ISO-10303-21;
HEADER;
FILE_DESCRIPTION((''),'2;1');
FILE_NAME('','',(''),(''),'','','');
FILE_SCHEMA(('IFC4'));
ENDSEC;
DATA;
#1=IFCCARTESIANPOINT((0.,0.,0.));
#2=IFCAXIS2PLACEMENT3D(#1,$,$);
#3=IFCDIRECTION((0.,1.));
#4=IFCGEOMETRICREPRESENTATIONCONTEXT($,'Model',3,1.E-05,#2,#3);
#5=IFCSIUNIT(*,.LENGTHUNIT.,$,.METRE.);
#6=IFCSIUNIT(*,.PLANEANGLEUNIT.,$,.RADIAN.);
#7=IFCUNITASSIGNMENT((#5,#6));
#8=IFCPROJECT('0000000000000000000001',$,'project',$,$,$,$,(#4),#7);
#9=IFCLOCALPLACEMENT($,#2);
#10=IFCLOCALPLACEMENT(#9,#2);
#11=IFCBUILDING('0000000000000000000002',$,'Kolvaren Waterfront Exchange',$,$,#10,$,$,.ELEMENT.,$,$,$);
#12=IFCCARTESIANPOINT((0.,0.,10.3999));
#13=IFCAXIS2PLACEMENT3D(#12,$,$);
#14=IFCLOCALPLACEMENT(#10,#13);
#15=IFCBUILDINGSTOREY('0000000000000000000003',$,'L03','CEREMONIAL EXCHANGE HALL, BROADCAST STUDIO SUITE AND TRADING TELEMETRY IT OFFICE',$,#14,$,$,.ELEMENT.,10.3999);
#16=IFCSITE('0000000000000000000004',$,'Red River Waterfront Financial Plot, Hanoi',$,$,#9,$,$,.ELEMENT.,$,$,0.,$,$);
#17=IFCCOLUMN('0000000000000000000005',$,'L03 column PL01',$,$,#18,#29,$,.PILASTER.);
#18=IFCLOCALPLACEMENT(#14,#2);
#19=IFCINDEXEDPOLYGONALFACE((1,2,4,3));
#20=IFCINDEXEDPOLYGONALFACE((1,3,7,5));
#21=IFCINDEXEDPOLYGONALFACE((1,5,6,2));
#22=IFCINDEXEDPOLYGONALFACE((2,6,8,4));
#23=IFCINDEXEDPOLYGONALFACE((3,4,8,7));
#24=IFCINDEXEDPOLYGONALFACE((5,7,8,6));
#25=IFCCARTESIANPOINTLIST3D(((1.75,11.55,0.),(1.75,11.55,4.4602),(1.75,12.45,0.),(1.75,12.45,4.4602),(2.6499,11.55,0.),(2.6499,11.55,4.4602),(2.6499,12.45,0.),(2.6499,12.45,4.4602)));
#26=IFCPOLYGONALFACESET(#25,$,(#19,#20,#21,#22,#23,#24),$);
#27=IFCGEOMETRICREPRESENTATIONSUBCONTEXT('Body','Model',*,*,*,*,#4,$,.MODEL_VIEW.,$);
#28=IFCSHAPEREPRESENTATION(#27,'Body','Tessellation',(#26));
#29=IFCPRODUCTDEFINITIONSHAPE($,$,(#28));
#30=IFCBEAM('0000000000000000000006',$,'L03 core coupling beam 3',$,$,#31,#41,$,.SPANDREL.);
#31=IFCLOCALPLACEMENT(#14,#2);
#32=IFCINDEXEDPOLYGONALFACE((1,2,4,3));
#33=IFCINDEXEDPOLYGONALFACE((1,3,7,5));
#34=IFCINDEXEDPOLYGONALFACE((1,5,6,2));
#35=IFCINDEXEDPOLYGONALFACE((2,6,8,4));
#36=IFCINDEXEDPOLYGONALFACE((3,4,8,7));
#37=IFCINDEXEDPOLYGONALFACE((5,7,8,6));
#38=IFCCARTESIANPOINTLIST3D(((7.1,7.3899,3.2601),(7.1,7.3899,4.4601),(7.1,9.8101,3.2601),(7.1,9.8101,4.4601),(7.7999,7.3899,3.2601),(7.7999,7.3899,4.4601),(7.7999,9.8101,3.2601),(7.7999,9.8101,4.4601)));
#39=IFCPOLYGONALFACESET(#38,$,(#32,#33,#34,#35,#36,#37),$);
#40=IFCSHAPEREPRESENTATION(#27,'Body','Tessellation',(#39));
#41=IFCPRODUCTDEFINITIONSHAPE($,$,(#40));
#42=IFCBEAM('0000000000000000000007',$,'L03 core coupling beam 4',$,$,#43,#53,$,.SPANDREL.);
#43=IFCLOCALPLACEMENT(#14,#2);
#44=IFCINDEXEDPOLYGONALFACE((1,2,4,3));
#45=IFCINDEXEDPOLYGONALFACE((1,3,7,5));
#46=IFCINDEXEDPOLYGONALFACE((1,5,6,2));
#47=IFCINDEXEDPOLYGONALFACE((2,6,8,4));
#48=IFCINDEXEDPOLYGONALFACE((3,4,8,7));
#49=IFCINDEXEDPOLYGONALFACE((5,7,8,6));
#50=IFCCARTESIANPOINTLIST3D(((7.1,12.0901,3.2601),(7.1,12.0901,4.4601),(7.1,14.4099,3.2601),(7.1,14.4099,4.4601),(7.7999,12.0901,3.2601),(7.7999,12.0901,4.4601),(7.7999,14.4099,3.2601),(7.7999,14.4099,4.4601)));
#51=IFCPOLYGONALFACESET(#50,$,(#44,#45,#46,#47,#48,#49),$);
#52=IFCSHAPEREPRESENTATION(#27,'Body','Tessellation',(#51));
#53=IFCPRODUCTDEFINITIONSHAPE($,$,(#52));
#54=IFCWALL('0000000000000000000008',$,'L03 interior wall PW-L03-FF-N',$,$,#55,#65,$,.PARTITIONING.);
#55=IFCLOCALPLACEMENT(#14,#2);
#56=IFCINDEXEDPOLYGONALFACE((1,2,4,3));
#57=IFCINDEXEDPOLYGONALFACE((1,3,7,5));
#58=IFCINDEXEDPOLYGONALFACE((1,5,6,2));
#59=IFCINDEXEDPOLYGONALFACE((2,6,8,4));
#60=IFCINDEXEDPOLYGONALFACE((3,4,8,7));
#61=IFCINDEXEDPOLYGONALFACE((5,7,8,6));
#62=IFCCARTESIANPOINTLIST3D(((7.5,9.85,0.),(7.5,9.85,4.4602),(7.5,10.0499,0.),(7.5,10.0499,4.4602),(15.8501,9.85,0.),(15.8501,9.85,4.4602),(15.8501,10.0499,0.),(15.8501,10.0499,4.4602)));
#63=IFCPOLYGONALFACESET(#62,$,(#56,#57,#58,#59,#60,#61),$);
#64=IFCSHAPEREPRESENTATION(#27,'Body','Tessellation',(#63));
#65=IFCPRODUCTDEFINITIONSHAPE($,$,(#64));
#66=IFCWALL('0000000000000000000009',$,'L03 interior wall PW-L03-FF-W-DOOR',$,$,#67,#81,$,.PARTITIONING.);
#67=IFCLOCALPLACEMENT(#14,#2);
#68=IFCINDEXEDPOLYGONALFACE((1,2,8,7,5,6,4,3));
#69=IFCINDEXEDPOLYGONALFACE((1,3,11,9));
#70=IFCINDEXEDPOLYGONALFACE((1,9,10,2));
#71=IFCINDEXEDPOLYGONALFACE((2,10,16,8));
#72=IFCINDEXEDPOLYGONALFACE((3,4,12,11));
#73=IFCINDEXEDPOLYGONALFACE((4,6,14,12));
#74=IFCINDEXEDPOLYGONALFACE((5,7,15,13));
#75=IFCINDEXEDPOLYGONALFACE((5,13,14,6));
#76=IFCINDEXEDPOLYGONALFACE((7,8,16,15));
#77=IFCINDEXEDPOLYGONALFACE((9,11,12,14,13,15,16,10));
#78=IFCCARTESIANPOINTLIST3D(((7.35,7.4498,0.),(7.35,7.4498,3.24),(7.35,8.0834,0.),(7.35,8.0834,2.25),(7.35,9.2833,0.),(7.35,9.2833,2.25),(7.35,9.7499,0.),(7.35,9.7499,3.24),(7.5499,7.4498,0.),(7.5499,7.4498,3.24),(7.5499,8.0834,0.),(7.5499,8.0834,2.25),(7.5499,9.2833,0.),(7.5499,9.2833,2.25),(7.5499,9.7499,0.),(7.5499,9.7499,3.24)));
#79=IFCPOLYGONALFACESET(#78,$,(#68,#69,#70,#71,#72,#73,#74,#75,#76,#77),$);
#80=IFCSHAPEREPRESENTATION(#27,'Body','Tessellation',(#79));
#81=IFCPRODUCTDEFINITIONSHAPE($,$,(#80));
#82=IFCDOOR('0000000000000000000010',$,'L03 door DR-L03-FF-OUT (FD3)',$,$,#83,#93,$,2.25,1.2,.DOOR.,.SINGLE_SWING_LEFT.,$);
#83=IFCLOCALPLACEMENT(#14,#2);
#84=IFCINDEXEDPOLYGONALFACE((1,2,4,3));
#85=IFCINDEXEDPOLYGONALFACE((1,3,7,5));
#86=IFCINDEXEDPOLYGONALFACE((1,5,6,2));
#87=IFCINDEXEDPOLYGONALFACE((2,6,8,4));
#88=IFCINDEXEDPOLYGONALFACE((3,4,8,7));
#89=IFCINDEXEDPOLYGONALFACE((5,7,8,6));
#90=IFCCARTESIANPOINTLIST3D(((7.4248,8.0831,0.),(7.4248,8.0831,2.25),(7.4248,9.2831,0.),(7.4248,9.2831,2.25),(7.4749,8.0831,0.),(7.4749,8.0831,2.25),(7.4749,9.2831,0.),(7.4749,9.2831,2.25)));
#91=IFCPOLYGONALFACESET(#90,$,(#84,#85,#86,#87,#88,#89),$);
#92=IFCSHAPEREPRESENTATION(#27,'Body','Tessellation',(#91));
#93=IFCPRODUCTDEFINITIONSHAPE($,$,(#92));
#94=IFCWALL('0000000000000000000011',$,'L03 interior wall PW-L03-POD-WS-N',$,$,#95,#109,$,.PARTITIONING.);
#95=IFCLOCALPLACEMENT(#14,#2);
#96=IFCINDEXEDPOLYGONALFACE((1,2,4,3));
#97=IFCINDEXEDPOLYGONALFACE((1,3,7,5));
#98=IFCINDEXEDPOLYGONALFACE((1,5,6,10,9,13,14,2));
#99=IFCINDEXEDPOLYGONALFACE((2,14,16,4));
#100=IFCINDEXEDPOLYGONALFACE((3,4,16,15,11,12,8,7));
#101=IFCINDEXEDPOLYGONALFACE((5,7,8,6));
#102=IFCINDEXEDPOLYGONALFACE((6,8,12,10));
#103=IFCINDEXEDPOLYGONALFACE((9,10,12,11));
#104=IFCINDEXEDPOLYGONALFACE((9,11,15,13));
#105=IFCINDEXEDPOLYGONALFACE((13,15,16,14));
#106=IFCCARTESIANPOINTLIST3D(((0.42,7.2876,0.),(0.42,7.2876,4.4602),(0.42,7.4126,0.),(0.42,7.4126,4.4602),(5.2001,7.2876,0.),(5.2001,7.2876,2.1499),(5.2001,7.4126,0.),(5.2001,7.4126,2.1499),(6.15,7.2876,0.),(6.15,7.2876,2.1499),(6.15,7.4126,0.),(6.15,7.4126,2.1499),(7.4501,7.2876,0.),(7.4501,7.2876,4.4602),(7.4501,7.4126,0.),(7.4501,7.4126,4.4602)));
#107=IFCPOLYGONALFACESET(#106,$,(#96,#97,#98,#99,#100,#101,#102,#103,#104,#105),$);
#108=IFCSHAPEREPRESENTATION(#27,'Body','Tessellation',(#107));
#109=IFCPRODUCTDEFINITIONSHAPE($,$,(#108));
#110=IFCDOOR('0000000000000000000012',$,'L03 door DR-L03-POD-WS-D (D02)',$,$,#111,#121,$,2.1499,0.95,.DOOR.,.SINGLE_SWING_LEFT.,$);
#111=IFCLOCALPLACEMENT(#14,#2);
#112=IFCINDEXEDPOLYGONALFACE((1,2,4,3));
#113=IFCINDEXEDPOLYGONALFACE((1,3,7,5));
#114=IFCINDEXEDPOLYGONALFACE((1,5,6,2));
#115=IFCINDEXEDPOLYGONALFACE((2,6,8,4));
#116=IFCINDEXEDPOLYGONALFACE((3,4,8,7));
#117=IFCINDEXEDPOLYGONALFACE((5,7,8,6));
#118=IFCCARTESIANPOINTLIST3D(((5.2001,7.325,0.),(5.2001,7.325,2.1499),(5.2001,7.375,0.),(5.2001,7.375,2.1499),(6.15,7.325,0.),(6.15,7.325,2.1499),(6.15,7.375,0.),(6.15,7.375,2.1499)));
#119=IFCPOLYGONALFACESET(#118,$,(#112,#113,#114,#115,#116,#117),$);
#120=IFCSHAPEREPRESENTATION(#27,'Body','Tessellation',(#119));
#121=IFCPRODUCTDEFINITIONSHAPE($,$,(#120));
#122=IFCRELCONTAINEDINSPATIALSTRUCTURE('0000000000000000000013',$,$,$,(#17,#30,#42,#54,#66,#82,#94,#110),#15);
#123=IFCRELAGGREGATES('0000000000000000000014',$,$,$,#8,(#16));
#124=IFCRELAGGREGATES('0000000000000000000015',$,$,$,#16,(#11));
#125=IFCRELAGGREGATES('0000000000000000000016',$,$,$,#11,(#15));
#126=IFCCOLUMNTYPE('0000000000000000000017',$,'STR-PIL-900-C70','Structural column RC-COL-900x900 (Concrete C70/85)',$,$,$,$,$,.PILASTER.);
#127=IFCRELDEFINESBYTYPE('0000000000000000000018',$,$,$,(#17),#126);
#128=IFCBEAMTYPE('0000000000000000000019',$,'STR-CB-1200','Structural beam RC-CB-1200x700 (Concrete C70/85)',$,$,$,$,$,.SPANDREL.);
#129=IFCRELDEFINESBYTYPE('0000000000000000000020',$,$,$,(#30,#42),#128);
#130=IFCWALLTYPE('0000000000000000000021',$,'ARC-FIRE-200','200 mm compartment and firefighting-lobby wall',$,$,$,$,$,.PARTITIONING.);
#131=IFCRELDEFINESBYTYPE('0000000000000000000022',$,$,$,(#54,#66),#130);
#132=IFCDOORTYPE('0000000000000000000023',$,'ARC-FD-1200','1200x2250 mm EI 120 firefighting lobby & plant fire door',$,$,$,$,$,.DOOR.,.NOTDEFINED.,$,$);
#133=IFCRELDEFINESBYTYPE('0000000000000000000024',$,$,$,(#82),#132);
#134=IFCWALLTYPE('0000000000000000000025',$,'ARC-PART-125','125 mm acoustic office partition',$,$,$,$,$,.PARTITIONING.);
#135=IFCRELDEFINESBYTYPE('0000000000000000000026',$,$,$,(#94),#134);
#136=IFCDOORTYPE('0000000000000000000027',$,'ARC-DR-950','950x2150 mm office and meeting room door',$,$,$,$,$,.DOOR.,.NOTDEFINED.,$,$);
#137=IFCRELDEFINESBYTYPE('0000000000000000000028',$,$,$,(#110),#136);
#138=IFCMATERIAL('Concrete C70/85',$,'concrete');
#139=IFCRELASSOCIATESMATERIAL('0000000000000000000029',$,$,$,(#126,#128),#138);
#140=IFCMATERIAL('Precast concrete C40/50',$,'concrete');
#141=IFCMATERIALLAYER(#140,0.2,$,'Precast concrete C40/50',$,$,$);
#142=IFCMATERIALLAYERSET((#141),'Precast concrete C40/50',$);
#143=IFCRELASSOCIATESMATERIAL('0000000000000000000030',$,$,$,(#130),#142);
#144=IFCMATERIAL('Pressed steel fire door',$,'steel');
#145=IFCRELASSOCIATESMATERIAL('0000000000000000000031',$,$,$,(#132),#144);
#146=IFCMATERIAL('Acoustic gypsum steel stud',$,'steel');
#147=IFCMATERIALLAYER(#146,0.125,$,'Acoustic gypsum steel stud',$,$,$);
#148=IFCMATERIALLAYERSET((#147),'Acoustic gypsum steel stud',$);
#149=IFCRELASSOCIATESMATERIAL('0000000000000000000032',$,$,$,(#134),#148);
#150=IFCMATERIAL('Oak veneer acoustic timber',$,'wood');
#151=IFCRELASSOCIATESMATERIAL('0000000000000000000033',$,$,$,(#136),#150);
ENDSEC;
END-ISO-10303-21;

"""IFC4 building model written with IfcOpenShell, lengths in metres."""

from ifc_helpers import new_model, si_unit, direction, frame, frame_2d, origin, origin_2d, place, context, subcontext, project, spatial, rectangle, extrude, material, layer, layer_set, material_profile, profile_set, type_object, element, fill, save


model = new_model("IFC4")

# Units and contexts
model_context = context("Model", 3, precision=1e-05, world=origin(), true_north=direction((0.0, 1.0)))
body_context = subcontext(model_context, "Body", "Model", "MODEL_VIEW")
ifc_project = project(units=[si_unit("LENGTHUNIT", "METRE"), si_unit("PLANEANGLEUNIT", "RADIAN")], contexts=[model_context])

# Site, building, storey
site_placement = place(None, origin())
site = spatial("IfcSite", under=ifc_project, at=site_placement, Name="Red River Waterfront Financial Plot, Hanoi", CompositionType="ELEMENT", RefElevation=0.0)
building_placement = place(site_placement, origin())
building = spatial("IfcBuilding", under=site, at=building_placement, Name="Kolvaren Waterfront Exchange", CompositionType="ELEMENT")
storey_placement = place(building_placement, frame((0.0, 0.0, 10.3999)))
storey = spatial("IfcBuildingStorey", under=building, at=storey_placement, Name="L03", Description="CEREMONIAL EXCHANGE HALL, BROADCAST STUDIO SUITE AND TRADING TELEMETRY IT OFFICE", CompositionType="ELEMENT", Elevation=10.3999)

# Column
ifc_material_1 = material(Name="Concrete C70/85", Category="concrete")
ifc_material_profile_1 = material_profile(ifc_material_1, rectangle(XDim=0.8999, YDim=0.8999, at=origin_2d()), Name="RC-COL-900x900")
ifc_profile_set_1 = profile_set([ifc_material_profile_1], Name="Concrete C70/85")
column_type = type_object("IfcColumnType", Name="STR-PIL-900-C70", Description="Structural column RC-COL-900x900 (Concrete C70/85)", PredefinedType="PILASTER", material=ifc_profile_set_1)
column_placement = place(storey_placement, frame((2.2, 12.0, 0.0), z_axis=(0.0, 0.0, 1.0), x_axis=(1.0, 0.0, 0.0)))
element("IfcColumn", 1, at=column_placement, inside=storey, type_object=column_type, Name="L03 column PL01", PredefinedType="PILASTER", context=body_context, shape_type="SweptSolid", body=[
    extrude(rectangle(XDim=0.8999, YDim=0.8999, at=origin_2d()), origin(), (0.0, 0.0, 1.0), 4.4602),
])

# Beams
ifc_material_profile_2 = material_profile(ifc_material_1, rectangle(XDim=0.7, YDim=1.2, at=origin_2d()), Name="RC-CB-1200x700")
ifc_profile_set_2 = profile_set([ifc_material_profile_2], Name="Concrete C70/85")
beam_type = type_object("IfcBeamType", Name="STR-CB-1200", Description="Structural beam RC-CB-1200x700 (Concrete C70/85)", PredefinedType="SPANDREL", material=ifc_profile_set_2)
beam_1_placement = place(storey_placement, frame((7.45, 7.3899, 3.8601), z_axis=(0.0, 1.0, 0.0), x_axis=(-1.0, 0.0, 0.0)))
element("IfcBeam", 2, at=beam_1_placement, inside=storey, type_object=beam_type, Name="L03 core coupling beam 3", PredefinedType="SPANDREL", context=body_context, shape_type="SweptSolid", body=[
    extrude(rectangle(XDim=0.7, YDim=1.2, at=origin_2d()), origin(), (0.0, 0.0, 1.0), 2.4202),
])
beam_2_placement = place(storey_placement, frame((7.45, 12.0901, 3.8601), z_axis=(0.0, 1.0, 0.0), x_axis=(-1.0, 0.0, 0.0)))
element("IfcBeam", 3, at=beam_2_placement, inside=storey, type_object=beam_type, Name="L03 core coupling beam 4", PredefinedType="SPANDREL", context=body_context, shape_type="SweptSolid", body=[
    extrude(rectangle(XDim=0.7, YDim=1.2, at=origin_2d()), origin(), (0.0, 0.0, 1.0), 2.3198),
])

# Wall
ifc_material_2 = material(Name="Precast concrete C40/50", Category="concrete")
ifc_layer_1 = layer(ifc_material_2, 0.2, Name="Precast concrete C40/50")
ifc_layer_set_1 = layer_set([ifc_layer_1], Name="Precast concrete C40/50")
wall_type_1 = type_object("IfcWallType", Name="ARC-FIRE-200", Description="200 mm compartment and firefighting-lobby wall", PredefinedType="PARTITIONING", material=ifc_layer_set_1)
wall_1_placement = place(storey_placement, frame((7.5, 9.95, 0.0), z_axis=(0.0, 0.0, 1.0), x_axis=(1.0, 0.0, 0.0)))
element("IfcWall", 4, at=wall_1_placement, inside=storey, type_object=wall_type_1, Name="L03 interior wall PW-L03-FF-N", PredefinedType="PARTITIONING", context=body_context, shape_type="SweptSolid", body=[
    extrude(rectangle(XDim=8.3501, YDim=0.2, at=frame_2d((4.175, 0.0))), origin(), (0.0, 0.0, 1.0), 4.4602),
])

# Walls, openings, doors
wall_2_placement = place(storey_placement, frame((7.45, 7.45, 0.0), z_axis=(0.0, 0.0, 1.0), x_axis=(0.0, 1.0, 0.0)))
wall_2 = element("IfcWall", 5, at=wall_2_placement, inside=storey, type_object=wall_type_1, Name="L03 interior wall PW-L03-FF-W-DOOR", PredefinedType="PARTITIONING", context=body_context, shape_type="SweptSolid", body=[
    extrude(rectangle(XDim=2.3, YDim=0.2, at=frame_2d((1.1499, 0.0))), origin(), (0.0, 0.0, 1.0), 3.24),
])
opening_1_placement = place(wall_2_placement, frame((0.6333, 0.0, 0.0)))
opening_1 = element("IfcOpeningElement", 6, at=opening_1_placement, cuts=wall_2, PredefinedType="OPENING", context=body_context, shape_type="SweptSolid", body=[
    extrude(rectangle(XDim=1.2, YDim=2.25, at=frame_2d((0.6001, 1.125))), frame((0.0, 0.1099, 0.0), z_axis=(0.0, -1.0, 0.0), x_axis=(1.0, 0.0, 0.0)), (0.0, 0.0, 1.0), 0.22),
])
ifc_material_3 = material(Name="Pressed steel fire door", Category="steel")
door_type_1 = type_object("IfcDoorType", Name="ARC-FD-1200", Description="1200x2250 mm EI 120 firefighting lobby & plant fire door", OperationType="NOTDEFINED", PredefinedType="DOOR", material=ifc_material_3)
door_1_placement = place(opening_1_placement, frame((1.2, 0.0, 0.0), z_axis=(0.0, 0.0, 1.0), x_axis=(-1.0, 0.0, 0.0)))
door_1 = element("IfcDoor", 7, at=door_1_placement, inside=storey, type_object=door_type_1, Name="L03 door DR-L03-FF-OUT (FD3)", OperationType="SINGLE_SWING_LEFT", OverallHeight=2.25, OverallWidth=1.2, PredefinedType="DOOR", context=body_context, shape_type="SweptSolid", body=[
    extrude(rectangle(XDim=1.2, YDim=2.25, at=frame_2d((0.6001, 1.125))), frame((0.0, 0.0249, 0.0), z_axis=(0.0, -1.0, 0.0), x_axis=(1.0, 0.0, 0.0)), (0.0, 0.0, 1.0), 0.05),
])
fill(opening_1, door_1)
ifc_material_4 = material(Name="Acoustic gypsum steel stud", Category="steel")
ifc_layer_2 = layer(ifc_material_4, 0.125, Name="Acoustic gypsum steel stud")
ifc_layer_set_2 = layer_set([ifc_layer_2], Name="Acoustic gypsum steel stud")
wall_type_2 = type_object("IfcWallType", Name="ARC-PART-125", Description="125 mm acoustic office partition", PredefinedType="PARTITIONING", material=ifc_layer_set_2)
wall_3_placement = place(storey_placement, frame((0.4199, 7.3501, 0.0), z_axis=(0.0, 0.0, 1.0), x_axis=(1.0, 0.0, 0.0)))
wall_3 = element("IfcWall", 8, at=wall_3_placement, inside=storey, type_object=wall_type_2, Name="L03 interior wall PW-L03-POD-WS-N", PredefinedType="PARTITIONING", context=body_context, shape_type="SweptSolid", body=[
    extrude(rectangle(XDim=7.03, YDim=0.125, at=frame_2d((3.5151, 0.0))), origin(), (0.0, 0.0, 1.0), 4.4602),
])
opening_2_placement = place(wall_3_placement, frame((4.78, 0.0, 0.0)))
opening_2 = element("IfcOpeningElement", 9, at=opening_2_placement, cuts=wall_3, PredefinedType="OPENING", context=body_context, shape_type="SweptSolid", body=[
    extrude(rectangle(XDim=0.95, YDim=2.1499, at=frame_2d((0.4751, 1.075))), frame((0.0, 0.0725, 0.0), z_axis=(0.0, -1.0, 0.0), x_axis=(1.0, 0.0, 0.0)), (0.0, 0.0, 1.0), 0.145),
])
ifc_material_5 = material(Name="Oak veneer acoustic timber", Category="wood")
door_type_2 = type_object("IfcDoorType", Name="ARC-DR-950", Description="950x2150 mm office and meeting room door", OperationType="NOTDEFINED", PredefinedType="DOOR", material=ifc_material_5)
door_2_placement = place(opening_2_placement, origin())
door_2 = element("IfcDoor", 10, at=door_2_placement, inside=storey, type_object=door_type_2, Name="L03 door DR-L03-POD-WS-D (D02)", OperationType="SINGLE_SWING_LEFT", OverallHeight=2.1499, OverallWidth=0.95, PredefinedType="DOOR", context=body_context, shape_type="SweptSolid", body=[
    extrude(rectangle(XDim=0.95, YDim=2.1499, at=frame_2d((0.4751, 1.075))), frame((0.0, 0.0249, 0.0), z_axis=(0.0, -1.0, 0.0), x_axis=(1.0, 0.0, 0.0)), (0.0, 0.0, 1.0), 0.05),
])
fill(opening_2, door_2)

save(model, "model.ifc")
